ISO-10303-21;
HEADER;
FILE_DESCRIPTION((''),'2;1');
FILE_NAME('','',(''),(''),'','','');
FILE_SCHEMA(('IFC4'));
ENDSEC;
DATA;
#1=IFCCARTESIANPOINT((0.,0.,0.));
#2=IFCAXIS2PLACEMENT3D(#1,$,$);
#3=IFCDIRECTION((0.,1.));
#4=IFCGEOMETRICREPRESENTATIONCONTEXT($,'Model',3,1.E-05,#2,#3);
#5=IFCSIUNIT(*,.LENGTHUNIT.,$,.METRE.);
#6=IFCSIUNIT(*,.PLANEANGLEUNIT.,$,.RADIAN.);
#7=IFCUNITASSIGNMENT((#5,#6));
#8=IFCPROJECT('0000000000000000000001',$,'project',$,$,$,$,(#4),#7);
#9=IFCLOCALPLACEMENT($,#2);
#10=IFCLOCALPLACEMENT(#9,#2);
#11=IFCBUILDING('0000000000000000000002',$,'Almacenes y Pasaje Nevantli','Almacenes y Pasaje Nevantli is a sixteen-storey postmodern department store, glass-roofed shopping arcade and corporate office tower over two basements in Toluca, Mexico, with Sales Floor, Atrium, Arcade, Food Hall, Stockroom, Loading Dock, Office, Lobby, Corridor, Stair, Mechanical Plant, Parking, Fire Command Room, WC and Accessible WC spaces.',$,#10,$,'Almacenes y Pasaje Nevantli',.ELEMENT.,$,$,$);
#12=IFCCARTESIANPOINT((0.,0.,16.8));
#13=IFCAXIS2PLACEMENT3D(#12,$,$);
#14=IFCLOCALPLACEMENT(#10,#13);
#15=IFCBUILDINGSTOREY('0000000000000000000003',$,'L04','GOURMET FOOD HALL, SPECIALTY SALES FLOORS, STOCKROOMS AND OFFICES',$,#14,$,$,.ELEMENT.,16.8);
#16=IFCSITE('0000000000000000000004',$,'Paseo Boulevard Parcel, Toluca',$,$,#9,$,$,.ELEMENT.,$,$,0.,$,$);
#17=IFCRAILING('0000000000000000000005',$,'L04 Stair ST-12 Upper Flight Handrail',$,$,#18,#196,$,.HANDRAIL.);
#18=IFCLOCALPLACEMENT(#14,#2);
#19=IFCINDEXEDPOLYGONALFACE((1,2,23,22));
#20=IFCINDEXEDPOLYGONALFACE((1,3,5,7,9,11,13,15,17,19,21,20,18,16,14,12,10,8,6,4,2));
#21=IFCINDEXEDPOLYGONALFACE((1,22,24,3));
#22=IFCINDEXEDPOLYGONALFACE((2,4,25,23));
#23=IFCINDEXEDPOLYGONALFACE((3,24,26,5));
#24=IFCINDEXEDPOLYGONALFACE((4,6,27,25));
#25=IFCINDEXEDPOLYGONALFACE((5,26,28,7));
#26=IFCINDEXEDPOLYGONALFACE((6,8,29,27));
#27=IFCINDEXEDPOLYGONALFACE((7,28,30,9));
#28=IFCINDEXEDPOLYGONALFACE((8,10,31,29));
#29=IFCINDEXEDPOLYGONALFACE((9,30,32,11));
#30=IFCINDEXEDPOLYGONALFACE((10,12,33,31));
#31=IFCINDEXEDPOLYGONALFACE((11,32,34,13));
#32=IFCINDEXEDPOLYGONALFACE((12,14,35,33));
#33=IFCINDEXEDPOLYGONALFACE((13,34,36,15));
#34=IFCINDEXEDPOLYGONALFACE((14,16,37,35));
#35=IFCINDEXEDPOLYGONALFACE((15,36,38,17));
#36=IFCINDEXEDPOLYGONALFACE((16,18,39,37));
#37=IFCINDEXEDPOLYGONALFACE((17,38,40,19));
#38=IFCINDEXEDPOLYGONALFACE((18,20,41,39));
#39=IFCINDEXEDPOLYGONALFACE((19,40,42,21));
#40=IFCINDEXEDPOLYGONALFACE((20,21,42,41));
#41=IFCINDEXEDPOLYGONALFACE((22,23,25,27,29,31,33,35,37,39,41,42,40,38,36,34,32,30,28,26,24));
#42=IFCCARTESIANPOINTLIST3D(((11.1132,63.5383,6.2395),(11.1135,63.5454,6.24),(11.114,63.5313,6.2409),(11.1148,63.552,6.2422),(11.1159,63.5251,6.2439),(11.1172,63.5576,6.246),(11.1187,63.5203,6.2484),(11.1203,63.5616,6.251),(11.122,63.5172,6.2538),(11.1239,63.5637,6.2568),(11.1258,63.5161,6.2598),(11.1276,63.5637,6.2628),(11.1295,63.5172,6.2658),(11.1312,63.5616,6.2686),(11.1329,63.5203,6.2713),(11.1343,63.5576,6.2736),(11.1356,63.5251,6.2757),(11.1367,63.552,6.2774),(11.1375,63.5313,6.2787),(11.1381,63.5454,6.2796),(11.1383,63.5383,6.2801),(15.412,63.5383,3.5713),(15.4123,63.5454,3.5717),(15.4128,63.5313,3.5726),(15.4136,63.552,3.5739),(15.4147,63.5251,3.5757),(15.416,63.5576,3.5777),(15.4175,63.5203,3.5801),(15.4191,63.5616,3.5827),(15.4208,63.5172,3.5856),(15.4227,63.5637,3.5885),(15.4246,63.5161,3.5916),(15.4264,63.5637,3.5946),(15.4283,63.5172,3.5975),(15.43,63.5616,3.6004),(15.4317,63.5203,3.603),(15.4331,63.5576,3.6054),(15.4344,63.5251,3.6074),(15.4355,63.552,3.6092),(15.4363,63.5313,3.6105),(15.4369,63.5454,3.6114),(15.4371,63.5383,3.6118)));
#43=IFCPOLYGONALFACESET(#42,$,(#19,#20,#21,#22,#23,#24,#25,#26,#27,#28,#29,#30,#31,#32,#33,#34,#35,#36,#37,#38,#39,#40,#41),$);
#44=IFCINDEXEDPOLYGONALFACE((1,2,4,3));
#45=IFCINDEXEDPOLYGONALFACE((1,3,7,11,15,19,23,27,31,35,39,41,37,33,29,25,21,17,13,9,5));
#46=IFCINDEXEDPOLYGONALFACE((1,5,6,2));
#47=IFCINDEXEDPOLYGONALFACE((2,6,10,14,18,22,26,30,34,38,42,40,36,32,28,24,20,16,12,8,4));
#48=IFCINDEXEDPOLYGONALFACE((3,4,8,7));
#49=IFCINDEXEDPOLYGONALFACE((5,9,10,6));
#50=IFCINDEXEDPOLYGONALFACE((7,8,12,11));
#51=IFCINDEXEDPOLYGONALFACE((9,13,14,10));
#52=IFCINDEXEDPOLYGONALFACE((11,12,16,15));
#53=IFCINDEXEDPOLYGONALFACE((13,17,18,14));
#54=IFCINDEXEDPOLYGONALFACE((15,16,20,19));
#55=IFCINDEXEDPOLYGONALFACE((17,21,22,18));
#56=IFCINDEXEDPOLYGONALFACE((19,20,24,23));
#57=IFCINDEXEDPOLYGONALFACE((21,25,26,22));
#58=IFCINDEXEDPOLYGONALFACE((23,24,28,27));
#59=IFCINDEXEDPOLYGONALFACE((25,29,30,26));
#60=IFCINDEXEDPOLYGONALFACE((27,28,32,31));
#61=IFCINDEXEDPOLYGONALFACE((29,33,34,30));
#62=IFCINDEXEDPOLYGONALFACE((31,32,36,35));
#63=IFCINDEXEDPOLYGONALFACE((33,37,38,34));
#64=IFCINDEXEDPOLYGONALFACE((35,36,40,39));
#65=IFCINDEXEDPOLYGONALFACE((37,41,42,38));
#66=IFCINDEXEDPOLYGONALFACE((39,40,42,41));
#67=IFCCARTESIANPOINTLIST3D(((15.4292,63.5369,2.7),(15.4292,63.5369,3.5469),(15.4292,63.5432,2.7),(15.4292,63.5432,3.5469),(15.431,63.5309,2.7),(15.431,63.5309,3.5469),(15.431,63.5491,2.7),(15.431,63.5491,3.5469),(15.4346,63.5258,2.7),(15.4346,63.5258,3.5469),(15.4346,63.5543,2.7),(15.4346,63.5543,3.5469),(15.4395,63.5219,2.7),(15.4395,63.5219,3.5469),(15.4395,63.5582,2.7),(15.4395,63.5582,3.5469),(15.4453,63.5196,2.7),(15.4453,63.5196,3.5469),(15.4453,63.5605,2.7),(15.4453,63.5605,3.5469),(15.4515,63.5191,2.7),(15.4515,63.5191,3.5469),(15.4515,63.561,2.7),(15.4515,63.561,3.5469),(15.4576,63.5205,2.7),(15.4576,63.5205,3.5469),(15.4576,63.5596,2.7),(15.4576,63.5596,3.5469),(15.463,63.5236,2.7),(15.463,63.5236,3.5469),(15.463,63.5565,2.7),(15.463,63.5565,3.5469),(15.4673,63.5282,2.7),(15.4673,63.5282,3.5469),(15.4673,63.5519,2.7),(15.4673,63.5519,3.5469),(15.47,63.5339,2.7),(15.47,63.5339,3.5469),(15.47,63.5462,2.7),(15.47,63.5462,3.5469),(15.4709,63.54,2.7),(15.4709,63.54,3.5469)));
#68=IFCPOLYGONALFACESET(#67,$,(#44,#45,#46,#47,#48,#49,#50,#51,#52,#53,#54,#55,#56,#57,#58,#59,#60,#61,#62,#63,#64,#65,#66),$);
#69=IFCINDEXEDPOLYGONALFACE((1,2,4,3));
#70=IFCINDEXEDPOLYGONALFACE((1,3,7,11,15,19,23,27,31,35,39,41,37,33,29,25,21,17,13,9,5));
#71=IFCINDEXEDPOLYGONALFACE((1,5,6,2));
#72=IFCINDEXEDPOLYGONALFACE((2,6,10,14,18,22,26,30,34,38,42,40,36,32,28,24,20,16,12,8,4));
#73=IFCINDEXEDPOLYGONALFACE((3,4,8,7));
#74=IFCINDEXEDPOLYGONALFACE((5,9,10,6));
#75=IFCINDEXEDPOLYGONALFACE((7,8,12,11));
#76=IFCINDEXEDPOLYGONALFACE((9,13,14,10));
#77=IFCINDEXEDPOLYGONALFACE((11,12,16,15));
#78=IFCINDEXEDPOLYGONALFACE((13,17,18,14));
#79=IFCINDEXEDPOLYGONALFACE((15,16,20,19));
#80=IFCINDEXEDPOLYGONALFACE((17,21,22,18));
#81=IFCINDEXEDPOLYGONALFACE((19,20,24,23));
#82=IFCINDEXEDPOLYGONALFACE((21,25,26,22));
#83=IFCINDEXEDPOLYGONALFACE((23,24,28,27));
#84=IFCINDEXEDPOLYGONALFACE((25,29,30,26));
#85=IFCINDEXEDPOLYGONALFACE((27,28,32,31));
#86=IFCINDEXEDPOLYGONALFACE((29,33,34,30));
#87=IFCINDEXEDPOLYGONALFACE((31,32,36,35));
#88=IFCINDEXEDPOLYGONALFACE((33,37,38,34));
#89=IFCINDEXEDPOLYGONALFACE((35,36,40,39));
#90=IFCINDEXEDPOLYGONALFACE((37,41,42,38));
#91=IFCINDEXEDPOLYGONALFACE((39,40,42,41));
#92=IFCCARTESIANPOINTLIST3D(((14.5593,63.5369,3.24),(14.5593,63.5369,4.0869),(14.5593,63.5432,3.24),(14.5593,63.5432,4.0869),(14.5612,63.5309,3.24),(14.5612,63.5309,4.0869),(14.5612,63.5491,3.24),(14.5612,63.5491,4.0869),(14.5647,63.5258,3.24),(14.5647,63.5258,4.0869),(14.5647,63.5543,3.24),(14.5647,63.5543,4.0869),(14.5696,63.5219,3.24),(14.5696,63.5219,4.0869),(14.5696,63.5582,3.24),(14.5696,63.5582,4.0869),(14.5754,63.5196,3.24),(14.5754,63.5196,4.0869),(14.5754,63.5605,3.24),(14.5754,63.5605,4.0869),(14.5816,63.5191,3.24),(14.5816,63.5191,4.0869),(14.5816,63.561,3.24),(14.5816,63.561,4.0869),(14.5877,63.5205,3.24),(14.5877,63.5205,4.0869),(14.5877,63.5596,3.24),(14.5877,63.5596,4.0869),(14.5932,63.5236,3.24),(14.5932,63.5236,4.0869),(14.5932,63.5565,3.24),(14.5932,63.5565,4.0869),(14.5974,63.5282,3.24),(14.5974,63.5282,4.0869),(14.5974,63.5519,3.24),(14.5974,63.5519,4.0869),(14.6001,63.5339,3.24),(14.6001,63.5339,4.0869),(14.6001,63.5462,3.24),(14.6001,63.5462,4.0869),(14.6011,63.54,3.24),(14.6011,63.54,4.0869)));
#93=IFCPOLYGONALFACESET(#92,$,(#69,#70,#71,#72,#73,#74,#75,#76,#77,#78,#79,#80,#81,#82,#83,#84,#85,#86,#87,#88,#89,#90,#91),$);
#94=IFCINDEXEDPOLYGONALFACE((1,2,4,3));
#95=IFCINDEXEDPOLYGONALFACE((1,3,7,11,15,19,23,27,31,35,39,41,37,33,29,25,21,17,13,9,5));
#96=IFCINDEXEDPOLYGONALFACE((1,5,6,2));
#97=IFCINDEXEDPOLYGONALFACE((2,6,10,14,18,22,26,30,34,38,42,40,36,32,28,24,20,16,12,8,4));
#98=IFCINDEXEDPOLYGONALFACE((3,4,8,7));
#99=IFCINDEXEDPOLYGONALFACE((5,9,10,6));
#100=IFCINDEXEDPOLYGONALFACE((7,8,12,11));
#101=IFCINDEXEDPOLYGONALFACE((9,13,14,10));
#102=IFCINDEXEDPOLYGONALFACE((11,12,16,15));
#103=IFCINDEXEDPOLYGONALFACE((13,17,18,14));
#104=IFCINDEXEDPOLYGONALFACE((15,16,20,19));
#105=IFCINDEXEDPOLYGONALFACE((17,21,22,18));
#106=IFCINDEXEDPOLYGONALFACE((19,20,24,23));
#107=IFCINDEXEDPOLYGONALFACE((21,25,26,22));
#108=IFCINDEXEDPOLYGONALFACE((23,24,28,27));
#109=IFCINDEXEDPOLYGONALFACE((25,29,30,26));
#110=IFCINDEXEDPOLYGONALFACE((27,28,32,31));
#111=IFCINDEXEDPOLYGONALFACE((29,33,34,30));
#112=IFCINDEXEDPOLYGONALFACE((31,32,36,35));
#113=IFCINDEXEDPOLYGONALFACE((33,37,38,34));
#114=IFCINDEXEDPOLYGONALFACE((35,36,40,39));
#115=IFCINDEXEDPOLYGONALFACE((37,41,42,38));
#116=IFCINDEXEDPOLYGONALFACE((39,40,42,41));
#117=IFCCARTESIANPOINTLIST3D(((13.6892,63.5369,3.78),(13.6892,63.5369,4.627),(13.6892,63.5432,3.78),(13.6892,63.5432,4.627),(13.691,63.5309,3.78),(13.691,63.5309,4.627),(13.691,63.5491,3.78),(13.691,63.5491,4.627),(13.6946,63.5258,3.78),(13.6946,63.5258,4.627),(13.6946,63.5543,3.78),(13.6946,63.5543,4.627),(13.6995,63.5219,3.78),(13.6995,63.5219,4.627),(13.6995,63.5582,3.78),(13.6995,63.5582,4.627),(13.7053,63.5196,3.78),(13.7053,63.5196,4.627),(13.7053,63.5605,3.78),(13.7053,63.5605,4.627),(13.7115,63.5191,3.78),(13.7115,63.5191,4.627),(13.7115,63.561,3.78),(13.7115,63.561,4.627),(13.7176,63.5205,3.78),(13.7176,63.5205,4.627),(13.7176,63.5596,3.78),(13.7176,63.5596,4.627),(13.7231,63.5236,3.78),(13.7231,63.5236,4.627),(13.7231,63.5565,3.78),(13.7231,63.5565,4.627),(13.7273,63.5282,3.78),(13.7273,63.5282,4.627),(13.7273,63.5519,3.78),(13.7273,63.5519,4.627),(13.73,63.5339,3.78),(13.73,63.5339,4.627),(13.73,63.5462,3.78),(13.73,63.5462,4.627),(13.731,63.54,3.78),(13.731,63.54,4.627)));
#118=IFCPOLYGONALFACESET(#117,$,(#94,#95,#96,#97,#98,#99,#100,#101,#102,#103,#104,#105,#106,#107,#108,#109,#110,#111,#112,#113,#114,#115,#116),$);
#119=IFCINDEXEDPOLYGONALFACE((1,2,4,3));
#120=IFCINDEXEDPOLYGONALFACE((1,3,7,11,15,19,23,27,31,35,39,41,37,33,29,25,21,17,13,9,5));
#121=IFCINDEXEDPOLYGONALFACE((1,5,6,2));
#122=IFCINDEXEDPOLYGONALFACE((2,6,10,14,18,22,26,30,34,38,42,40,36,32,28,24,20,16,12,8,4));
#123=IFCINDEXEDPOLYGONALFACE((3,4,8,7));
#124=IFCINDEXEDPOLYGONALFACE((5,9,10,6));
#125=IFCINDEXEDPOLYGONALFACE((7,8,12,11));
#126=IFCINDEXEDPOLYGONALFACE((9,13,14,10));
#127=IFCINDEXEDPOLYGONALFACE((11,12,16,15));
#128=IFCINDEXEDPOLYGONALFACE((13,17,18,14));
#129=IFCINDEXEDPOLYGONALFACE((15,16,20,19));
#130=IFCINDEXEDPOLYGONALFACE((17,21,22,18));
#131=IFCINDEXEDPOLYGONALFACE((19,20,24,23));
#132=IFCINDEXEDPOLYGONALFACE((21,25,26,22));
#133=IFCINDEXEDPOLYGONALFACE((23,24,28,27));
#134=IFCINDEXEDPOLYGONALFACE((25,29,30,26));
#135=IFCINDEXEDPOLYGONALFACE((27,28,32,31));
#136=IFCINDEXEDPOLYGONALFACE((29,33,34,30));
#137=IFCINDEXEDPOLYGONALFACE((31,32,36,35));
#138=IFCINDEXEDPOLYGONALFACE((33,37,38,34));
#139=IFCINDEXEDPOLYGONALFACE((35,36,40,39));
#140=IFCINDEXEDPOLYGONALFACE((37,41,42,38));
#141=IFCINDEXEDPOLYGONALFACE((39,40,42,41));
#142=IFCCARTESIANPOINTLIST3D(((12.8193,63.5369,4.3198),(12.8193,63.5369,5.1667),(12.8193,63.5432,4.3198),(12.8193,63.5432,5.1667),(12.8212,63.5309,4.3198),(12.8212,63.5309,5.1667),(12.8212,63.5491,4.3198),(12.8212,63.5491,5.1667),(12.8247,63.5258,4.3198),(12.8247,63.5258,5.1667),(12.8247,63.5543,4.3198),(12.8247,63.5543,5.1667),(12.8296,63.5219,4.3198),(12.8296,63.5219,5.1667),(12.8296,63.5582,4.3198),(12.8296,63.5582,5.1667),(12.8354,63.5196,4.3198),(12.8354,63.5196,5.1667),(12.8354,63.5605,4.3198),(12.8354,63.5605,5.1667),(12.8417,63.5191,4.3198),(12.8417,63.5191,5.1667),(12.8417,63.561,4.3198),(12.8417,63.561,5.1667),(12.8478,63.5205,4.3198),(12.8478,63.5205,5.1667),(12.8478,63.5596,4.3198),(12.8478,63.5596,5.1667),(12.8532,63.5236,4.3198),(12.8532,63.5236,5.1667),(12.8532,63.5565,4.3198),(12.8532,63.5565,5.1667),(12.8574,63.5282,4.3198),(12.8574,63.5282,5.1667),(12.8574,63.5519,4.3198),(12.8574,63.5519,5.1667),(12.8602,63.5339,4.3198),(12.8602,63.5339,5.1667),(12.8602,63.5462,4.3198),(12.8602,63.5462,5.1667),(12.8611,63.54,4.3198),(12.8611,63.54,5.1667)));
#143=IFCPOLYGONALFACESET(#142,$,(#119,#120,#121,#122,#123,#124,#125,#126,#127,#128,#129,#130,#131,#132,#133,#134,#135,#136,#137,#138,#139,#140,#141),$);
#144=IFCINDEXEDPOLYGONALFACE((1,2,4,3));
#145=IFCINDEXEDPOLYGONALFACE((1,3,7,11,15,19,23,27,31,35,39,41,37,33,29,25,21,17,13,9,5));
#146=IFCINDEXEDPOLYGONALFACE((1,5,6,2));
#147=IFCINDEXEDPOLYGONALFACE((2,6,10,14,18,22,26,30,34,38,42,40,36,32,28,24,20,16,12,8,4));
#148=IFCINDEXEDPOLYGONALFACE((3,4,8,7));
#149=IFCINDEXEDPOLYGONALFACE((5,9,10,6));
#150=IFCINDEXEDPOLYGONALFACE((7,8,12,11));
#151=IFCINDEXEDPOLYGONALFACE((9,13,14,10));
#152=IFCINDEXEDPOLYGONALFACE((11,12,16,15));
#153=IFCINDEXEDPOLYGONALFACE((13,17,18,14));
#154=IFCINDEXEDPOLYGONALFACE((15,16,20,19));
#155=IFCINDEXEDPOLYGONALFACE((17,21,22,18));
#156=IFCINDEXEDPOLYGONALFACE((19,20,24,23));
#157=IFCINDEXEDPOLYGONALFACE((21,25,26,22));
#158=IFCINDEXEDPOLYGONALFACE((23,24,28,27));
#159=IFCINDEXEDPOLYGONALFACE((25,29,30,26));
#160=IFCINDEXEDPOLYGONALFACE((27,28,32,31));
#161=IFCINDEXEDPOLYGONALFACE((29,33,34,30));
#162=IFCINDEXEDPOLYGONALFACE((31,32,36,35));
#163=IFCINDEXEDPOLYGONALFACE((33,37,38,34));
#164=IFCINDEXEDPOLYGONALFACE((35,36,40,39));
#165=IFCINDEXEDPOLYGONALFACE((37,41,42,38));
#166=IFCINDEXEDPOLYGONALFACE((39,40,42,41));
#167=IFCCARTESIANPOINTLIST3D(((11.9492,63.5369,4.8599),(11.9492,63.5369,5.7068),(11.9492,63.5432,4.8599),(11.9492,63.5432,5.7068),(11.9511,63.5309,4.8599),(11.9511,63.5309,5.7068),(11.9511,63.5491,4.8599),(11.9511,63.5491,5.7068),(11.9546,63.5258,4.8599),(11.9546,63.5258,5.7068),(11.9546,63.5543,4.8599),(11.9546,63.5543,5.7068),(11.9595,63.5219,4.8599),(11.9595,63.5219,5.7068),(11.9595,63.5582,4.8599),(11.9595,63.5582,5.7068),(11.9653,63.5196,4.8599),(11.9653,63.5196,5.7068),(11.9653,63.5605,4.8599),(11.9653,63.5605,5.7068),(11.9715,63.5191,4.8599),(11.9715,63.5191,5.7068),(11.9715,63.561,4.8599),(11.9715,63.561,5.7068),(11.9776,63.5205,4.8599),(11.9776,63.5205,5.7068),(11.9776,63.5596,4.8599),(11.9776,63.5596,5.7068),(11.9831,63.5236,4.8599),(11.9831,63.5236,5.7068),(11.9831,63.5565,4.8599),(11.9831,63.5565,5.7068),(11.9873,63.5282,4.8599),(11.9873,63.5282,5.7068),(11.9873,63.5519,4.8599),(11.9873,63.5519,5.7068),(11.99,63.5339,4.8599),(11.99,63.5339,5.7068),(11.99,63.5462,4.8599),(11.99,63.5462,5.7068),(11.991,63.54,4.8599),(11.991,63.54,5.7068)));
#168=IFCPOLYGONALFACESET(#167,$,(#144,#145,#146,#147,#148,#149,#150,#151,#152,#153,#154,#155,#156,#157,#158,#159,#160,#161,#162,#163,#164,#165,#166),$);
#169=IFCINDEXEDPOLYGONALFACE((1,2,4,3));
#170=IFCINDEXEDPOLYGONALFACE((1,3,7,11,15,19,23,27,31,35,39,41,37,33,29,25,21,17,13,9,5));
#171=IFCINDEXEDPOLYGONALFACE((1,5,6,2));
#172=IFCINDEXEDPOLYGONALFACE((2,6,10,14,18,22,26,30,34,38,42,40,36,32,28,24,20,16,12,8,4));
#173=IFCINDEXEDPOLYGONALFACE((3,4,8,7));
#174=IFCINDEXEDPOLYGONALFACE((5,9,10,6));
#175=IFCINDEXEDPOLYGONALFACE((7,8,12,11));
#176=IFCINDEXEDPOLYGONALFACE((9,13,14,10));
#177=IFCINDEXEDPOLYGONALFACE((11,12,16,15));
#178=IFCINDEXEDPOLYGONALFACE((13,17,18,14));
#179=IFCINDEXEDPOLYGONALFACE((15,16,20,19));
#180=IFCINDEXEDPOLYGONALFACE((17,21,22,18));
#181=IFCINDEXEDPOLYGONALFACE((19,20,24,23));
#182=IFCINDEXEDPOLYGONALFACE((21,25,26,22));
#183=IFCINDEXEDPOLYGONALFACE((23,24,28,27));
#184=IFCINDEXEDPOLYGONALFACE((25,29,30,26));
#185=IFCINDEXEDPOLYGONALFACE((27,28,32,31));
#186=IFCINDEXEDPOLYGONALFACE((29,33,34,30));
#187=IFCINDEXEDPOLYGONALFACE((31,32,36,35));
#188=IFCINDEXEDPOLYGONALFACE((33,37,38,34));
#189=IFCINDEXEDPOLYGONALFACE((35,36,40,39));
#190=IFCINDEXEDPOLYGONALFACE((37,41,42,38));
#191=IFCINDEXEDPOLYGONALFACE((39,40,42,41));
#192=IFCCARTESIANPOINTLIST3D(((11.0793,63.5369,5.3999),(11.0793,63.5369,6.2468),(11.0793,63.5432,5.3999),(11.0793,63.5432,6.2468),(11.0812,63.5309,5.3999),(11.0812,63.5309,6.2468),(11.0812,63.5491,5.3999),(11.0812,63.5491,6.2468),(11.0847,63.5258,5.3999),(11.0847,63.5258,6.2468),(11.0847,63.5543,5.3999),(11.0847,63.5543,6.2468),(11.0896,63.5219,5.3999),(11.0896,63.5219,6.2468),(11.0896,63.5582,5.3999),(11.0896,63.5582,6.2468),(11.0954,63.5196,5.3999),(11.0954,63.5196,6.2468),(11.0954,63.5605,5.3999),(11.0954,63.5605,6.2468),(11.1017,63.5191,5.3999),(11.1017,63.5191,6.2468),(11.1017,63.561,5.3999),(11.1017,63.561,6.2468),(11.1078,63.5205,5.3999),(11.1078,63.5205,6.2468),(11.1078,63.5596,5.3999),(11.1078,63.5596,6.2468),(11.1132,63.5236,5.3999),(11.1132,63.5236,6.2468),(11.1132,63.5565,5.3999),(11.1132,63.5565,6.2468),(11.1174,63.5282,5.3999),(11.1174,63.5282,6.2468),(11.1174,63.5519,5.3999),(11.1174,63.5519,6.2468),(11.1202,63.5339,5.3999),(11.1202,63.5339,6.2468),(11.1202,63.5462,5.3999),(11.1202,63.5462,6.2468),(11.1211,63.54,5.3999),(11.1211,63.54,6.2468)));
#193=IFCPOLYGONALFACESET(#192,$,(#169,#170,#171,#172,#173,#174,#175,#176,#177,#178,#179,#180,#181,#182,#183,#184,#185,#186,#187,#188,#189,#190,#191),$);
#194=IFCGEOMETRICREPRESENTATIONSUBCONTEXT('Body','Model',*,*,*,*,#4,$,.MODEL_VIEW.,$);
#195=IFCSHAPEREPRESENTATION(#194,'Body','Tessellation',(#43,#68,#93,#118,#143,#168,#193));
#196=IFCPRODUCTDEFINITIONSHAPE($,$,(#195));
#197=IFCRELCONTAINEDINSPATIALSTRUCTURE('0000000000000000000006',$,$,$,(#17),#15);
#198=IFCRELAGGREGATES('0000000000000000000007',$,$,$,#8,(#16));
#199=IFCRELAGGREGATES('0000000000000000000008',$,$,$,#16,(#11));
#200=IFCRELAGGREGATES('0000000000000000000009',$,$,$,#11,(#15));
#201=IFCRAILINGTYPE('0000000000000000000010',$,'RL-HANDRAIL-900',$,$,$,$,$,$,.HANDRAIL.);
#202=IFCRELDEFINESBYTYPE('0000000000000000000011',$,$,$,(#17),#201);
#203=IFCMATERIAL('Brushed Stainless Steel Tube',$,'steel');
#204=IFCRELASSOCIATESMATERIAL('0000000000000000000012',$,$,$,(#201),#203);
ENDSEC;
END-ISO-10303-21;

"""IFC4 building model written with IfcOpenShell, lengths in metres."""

from ifc_helpers import new_model, si_unit, direction, frame, origin, origin_2d, place, context, subcontext, project, spatial, circle, extrude, material, type_object, element, save


model = new_model("IFC4")

# Units and contexts
model_context = context("Model", 3, precision=1e-05, world=origin(), true_north=direction((0.0, 1.0)))
body_context = subcontext(model_context, "Body", "Model", "MODEL_VIEW")
ifc_project = project(units=[si_unit("LENGTHUNIT", "METRE"), si_unit("PLANEANGLEUNIT", "RADIAN")], contexts=[model_context])

# Site, building, storey
site_placement = place(None, origin())
site = spatial("IfcSite", under=ifc_project, at=site_placement, Name="Paseo Boulevard Parcel, Toluca", CompositionType="ELEMENT", RefElevation=0.0)
building_placement = place(site_placement, origin())
building = spatial("IfcBuilding", under=site, at=building_placement, Name="Almacenes y Pasaje Nevantli", Description="Almacenes y Pasaje Nevantli is a sixteen-storey postmodern department store, glass-roofed shopping arcade and corporate office tower over two basements in Toluca, Mexico, with Sales Floor, Atrium, Arcade, Food Hall, Stockroom, Loading Dock, Office, Lobby, Corridor, Stair, Mechanical Plant, Parking, Fire Command Room, WC and Accessible WC spaces.", LongName="Almacenes y Pasaje Nevantli", CompositionType="ELEMENT")
storey_placement = place(building_placement, frame((0.0, 0.0, 16.8)))
storey = spatial("IfcBuildingStorey", under=building, at=storey_placement, Name="L04", Description="GOURMET FOOD HALL, SPECIALTY SALES FLOORS, STOCKROOMS AND OFFICES", CompositionType="ELEMENT", Elevation=16.8)

# Railing
ifc_material_1 = material(Name="Brushed Stainless Steel Tube", Category="steel")
railing_type_1 = type_object("IfcRailingType", Name="RL-HANDRAIL-900", PredefinedType="HANDRAIL", material=ifc_material_1)
railing_1_placement = place(storey_placement, frame((15.45, 63.54, 2.7)))
element("IfcRailing", 1, at=railing_1_placement, inside=storey, type_object=railing_type_1, Name="L04 Stair ST-12 Upper Flight Handrail", PredefinedType="HANDRAIL", context=body_context, shape_type="SweptSolid", body=[
    extrude(circle(Radius=0.0239, at=origin_2d()), frame((-0.0254, 0.0, 0.8916), z_axis=(-0.849636, 0.0, 0.527369), x_axis=(0.0, -1.0, 0.0)), (0.0, 0.0, 1.0), 5.0596),
    extrude(circle(Radius=0.021, at=origin_2d()), origin(), (0.0, 0.0, 1.0), 0.8469),
    extrude(circle(Radius=0.021, at=origin_2d()), frame((-0.8699, 0.0, 0.54)), (0.0, 0.0, 1.0), 0.8469),
    extrude(circle(Radius=0.021, at=origin_2d()), frame((-1.74, 0.0, 1.0801)), (0.0, 0.0, 1.0), 0.8469),
    extrude(circle(Radius=0.021, at=origin_2d()), frame((-2.6099, 0.0, 1.6199)), (0.0, 0.0, 1.0), 0.8469),
    extrude(circle(Radius=0.021, at=origin_2d()), frame((-3.48, 0.0, 2.1599)), (0.0, 0.0, 1.0), 0.8469),
    extrude(circle(Radius=0.021, at=origin_2d()), frame((-4.3499, 0.0, 2.7)), (0.0, 0.0, 1.0), 0.8469),
])

save(model, "model.ifc")
